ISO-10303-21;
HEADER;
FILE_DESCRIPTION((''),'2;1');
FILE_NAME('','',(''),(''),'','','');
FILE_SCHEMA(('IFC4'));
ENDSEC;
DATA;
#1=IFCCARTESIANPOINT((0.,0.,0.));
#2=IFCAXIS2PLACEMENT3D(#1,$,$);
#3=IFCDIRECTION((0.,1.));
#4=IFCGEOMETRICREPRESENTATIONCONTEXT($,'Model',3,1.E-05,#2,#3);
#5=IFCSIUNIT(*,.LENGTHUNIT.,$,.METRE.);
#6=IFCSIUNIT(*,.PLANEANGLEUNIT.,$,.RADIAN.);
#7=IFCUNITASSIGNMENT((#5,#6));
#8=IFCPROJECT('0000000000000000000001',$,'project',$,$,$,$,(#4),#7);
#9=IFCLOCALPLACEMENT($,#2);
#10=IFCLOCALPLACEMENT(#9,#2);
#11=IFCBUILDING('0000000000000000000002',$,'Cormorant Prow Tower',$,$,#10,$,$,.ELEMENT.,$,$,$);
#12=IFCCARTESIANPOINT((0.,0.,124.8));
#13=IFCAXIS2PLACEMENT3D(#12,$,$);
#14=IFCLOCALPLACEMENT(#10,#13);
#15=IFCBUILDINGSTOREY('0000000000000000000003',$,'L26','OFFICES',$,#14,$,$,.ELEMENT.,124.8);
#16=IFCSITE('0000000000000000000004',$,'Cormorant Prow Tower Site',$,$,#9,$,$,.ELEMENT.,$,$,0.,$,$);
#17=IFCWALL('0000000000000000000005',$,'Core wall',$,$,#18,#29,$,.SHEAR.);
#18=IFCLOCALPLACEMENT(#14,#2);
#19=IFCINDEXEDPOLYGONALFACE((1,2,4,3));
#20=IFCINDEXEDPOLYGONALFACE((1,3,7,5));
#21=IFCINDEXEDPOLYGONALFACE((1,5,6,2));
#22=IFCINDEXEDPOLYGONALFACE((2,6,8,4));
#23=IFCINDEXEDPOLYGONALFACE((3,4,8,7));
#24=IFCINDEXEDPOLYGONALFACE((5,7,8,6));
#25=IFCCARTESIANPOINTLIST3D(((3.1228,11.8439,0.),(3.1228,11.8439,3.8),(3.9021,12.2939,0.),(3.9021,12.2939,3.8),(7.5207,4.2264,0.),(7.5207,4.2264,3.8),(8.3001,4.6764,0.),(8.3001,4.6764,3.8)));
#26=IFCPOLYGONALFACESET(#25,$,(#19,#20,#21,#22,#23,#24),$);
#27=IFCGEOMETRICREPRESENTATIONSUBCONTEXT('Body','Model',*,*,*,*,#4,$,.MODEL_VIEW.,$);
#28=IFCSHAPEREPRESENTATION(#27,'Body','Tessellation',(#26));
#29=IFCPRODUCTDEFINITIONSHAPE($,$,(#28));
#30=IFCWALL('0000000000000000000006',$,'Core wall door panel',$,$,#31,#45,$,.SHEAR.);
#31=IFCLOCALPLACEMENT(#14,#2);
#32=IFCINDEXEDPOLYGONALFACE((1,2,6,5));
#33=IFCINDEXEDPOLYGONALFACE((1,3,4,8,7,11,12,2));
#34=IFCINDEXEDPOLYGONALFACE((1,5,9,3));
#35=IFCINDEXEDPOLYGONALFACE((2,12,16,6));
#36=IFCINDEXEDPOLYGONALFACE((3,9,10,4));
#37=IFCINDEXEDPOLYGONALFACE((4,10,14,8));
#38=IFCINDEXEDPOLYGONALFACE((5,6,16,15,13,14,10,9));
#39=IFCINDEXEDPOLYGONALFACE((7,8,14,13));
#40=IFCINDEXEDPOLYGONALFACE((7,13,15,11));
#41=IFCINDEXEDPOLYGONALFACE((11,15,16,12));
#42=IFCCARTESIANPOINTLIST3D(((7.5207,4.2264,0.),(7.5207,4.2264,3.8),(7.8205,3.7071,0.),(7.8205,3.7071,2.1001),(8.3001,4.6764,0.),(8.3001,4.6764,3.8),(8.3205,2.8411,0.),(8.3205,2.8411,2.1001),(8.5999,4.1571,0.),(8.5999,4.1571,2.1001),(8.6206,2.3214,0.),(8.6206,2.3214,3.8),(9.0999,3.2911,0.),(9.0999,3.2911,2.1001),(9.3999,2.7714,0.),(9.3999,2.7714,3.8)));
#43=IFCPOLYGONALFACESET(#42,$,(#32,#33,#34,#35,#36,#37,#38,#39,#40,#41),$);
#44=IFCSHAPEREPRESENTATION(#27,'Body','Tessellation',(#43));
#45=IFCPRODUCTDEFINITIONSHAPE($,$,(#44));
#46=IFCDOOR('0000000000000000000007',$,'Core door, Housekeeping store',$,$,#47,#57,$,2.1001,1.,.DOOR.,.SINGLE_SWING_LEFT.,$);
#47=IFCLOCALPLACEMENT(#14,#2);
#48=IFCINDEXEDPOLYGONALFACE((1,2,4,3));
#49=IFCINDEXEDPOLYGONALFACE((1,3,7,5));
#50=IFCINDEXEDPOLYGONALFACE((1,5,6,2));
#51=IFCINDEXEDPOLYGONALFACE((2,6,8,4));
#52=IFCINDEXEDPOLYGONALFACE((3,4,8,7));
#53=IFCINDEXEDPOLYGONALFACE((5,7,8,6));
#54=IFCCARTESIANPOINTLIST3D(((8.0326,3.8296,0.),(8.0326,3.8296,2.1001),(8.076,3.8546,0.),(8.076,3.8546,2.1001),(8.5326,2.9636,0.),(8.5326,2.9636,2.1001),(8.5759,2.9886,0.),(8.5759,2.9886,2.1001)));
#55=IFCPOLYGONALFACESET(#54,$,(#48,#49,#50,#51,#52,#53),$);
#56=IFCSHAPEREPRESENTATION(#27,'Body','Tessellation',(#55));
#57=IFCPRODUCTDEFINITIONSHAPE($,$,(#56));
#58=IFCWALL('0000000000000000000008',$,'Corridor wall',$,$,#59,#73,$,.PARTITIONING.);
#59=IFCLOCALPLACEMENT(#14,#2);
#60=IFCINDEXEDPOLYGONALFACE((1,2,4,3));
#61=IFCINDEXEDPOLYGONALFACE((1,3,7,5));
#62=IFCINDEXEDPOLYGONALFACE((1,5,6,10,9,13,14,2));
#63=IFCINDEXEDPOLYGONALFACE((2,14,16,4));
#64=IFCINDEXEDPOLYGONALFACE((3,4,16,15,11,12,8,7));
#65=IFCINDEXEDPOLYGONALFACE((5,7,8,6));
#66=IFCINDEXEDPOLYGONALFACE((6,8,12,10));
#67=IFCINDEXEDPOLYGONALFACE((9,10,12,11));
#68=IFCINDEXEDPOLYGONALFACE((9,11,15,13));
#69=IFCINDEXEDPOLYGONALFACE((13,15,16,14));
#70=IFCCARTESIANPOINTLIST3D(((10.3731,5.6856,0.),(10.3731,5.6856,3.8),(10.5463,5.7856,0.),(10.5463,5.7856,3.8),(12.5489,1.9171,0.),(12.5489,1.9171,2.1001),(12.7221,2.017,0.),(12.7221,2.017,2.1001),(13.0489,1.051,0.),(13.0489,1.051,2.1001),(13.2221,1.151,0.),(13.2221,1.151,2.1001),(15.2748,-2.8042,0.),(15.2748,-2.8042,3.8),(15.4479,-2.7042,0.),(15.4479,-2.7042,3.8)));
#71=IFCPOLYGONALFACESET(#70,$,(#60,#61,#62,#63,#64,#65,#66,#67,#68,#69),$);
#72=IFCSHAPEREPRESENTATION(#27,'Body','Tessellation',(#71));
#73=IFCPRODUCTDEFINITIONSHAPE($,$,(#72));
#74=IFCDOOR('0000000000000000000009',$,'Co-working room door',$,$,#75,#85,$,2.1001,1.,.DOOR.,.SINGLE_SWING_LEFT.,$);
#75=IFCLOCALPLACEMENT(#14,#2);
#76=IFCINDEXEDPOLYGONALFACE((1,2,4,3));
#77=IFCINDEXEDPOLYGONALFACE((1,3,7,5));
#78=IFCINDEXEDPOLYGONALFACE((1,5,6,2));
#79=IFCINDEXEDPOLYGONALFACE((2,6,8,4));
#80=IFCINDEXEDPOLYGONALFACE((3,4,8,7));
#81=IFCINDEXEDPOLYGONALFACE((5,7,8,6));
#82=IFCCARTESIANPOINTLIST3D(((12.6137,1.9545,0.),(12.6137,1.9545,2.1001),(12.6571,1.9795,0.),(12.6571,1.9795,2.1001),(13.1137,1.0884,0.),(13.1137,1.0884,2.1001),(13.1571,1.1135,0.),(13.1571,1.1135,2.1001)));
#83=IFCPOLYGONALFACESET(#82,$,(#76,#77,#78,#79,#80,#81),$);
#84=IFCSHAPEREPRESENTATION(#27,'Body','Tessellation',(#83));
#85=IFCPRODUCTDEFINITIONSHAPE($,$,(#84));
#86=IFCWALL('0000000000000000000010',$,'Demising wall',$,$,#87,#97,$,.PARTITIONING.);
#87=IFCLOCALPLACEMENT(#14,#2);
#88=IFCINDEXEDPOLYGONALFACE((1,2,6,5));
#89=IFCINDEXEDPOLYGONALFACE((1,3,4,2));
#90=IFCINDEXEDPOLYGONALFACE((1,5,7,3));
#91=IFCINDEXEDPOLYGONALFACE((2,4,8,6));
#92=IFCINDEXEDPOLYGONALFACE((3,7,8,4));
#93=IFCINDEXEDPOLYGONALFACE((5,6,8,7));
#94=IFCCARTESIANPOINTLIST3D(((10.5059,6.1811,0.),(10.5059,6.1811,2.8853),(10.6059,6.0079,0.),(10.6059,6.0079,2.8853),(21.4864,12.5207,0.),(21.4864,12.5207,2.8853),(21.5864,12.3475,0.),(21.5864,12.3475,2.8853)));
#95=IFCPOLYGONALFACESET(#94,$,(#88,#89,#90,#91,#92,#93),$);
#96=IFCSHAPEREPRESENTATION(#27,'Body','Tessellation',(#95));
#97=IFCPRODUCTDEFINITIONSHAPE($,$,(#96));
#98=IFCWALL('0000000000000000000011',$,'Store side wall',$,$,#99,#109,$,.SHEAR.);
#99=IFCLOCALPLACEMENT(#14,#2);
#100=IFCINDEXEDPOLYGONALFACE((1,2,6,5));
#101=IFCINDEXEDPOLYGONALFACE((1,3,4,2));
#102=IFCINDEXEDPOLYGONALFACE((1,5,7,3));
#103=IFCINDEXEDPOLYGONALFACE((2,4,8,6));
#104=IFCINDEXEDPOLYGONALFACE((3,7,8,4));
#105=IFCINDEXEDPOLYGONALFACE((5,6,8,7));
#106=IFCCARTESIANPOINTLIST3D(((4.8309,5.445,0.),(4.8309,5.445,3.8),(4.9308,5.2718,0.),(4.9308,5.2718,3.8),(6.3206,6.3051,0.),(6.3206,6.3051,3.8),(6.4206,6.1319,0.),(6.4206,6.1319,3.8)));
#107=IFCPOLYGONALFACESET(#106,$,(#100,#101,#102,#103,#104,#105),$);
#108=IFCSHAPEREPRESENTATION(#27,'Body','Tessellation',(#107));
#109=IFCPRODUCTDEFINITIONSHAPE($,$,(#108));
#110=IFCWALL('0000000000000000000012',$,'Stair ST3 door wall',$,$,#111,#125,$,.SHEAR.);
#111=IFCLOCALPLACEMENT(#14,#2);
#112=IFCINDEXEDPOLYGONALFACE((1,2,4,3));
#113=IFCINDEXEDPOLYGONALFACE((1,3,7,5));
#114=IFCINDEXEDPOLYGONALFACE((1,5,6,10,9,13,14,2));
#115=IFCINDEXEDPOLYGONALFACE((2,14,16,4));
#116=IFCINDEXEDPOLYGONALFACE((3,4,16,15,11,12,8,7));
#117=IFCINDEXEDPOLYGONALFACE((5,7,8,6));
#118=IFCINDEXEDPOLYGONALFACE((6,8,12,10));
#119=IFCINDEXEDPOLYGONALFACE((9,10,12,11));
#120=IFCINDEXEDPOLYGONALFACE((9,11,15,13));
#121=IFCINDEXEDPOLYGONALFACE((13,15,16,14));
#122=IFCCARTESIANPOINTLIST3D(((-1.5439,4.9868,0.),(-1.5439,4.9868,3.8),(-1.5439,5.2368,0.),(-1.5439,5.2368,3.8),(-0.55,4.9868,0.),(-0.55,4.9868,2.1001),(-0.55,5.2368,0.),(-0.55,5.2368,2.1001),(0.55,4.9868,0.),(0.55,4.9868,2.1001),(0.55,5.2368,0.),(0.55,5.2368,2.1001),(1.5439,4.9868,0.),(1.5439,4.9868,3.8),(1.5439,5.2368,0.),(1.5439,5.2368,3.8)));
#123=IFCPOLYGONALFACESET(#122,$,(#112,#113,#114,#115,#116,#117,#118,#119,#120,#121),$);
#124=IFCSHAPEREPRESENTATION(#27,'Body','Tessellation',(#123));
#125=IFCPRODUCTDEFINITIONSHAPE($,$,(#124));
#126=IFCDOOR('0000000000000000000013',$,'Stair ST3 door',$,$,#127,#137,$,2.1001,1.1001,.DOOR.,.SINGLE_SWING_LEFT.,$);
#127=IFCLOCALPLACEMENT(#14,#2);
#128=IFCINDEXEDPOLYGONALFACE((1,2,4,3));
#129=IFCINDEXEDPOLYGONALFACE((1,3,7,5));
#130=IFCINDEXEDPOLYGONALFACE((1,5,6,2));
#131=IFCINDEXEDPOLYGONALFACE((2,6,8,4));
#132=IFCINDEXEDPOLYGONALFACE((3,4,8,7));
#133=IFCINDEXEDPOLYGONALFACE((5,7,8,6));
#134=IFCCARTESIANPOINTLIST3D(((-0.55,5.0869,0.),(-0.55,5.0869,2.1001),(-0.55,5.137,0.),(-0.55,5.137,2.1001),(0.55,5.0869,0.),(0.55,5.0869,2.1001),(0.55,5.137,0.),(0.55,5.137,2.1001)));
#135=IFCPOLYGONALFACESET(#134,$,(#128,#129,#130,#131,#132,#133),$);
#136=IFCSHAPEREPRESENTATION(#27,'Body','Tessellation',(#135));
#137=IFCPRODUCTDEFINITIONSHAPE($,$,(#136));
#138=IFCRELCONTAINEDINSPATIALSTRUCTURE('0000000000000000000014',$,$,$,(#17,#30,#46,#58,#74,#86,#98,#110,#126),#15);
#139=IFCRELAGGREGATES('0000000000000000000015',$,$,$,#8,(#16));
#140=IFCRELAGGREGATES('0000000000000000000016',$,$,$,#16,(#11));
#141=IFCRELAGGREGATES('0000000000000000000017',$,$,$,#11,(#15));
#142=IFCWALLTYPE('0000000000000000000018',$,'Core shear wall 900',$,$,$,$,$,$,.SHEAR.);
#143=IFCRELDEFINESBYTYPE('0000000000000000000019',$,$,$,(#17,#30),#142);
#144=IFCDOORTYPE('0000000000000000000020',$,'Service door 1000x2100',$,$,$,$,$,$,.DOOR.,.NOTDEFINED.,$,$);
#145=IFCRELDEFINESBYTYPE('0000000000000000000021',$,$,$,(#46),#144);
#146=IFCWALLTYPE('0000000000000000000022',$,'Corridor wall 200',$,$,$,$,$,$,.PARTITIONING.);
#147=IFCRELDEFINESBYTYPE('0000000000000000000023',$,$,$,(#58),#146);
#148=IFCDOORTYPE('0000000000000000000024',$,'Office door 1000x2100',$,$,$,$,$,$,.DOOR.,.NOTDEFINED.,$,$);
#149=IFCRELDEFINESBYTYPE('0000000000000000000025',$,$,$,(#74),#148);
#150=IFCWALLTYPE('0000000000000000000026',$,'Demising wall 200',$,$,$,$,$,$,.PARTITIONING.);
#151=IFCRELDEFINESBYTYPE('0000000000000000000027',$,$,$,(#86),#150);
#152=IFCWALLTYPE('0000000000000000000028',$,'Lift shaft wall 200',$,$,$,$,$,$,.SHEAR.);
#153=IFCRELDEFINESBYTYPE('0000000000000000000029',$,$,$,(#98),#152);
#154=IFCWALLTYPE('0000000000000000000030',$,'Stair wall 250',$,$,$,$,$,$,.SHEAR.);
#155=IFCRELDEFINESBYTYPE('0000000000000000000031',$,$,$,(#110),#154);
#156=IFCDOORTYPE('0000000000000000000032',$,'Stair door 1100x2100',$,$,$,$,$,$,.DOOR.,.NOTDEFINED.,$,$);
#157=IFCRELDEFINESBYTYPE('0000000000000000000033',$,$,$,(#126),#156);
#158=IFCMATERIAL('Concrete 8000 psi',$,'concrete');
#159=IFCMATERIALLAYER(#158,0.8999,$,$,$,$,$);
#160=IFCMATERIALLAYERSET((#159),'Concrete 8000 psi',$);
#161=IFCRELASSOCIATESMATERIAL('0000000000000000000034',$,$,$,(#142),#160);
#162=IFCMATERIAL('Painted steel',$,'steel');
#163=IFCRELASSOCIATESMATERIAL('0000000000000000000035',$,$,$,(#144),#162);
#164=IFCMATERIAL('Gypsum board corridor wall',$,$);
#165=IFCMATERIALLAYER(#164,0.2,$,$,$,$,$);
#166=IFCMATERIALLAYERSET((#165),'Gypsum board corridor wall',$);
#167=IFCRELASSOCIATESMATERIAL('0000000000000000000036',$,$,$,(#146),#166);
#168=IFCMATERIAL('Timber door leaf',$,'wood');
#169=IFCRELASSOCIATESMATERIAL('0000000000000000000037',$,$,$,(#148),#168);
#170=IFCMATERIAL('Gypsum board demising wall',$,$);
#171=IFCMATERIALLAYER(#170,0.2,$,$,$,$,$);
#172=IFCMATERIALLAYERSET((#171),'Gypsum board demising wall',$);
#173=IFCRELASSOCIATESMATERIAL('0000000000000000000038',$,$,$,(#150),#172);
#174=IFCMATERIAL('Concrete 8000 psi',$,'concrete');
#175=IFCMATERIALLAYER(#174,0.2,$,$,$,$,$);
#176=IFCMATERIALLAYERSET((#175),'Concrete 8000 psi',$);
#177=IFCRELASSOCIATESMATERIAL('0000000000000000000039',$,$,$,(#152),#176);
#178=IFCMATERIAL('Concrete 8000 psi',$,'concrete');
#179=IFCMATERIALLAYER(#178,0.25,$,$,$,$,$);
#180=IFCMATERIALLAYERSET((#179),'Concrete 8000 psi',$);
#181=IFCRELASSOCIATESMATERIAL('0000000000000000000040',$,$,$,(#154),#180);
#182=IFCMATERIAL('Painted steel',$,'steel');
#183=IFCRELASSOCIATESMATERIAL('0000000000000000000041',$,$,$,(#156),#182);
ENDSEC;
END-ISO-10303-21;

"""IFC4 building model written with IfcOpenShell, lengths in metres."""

from ifc_helpers import new_model, si_unit, direction, frame, frame_2d, origin, place, context, subcontext, project, spatial, rectangle, extrude, material, layer, layer_set, type_object, element, fill, save


model = new_model("IFC4")

# Units and contexts
model_context = context("Model", 3, precision=1e-05, world=origin(), true_north=direction((0.0, 1.0)))
body_context = subcontext(model_context, "Body", "Model", "MODEL_VIEW")
ifc_project = project(units=[si_unit("LENGTHUNIT", "METRE"), si_unit("PLANEANGLEUNIT", "RADIAN")], contexts=[model_context])

# Site, building, storey
site_placement = place(None, origin())
site = spatial("IfcSite", under=ifc_project, at=site_placement, Name="Cormorant Prow Tower Site", CompositionType="ELEMENT", RefElevation=0.0)
building_placement = place(site_placement, origin())
building = spatial("IfcBuilding", under=site, at=building_placement, Name="Cormorant Prow Tower", CompositionType="ELEMENT")
storey_placement = place(building_placement, frame((0.0, 0.0, 124.8)))
storey = spatial("IfcBuildingStorey", under=building, at=storey_placement, Name="L26", Description="OFFICES", CompositionType="ELEMENT", Elevation=124.8)

# Wall
ifc_material_1 = material(Name="Concrete 8000 psi", Category="concrete")
ifc_layer_1 = layer(ifc_material_1, 0.8999)
ifc_layer_set_1 = layer_set([ifc_layer_1], Name="Concrete 8000 psi")
wall_type_1 = type_object("IfcWallType", Name="Core shear wall 900", PredefinedType="SHEAR", material=ifc_layer_set_1)
wall_1_placement = place(storey_placement, frame((7.9104, 4.4514, 0.0), z_axis=(0.0, 0.0, 1.0), x_axis=(-0.500002, 0.866024, 0.0)))
element("IfcWall", 1, at=wall_1_placement, inside=storey, type_object=wall_type_1, Name="Core wall", PredefinedType="SHEAR", context=body_context, shape_type="SweptSolid", body=[
    extrude(rectangle(XDim=8.7959, YDim=0.8999, at=frame_2d((4.3979, 0.0))), origin(), (0.0, 0.0, 1.0), 3.8),
])

# Walls, openings, doors
wall_2_placement = place(storey_placement, frame((9.0103, 2.5464, 0.0), z_axis=(0.0, 0.0, 1.0), x_axis=(-0.499995, 0.866028, 0.0)))
wall_2 = element("IfcWall", 2, at=wall_2_placement, inside=storey, type_object=wall_type_1, Name="Core wall door panel", PredefinedType="SHEAR", context=body_context, shape_type="SweptSolid", body=[
    extrude(rectangle(XDim=2.1997, YDim=0.8999, at=frame_2d((1.0999, 0.0))), origin(), (0.0, 0.0, 1.0), 3.8),
])
opening_1_placement = place(wall_2_placement, frame((0.6001, 0.0, 0.0)))
opening_1 = element("IfcOpeningElement", 3, at=opening_1_placement, cuts=wall_2, PredefinedType="OPENING", context=body_context, shape_type="SweptSolid", body=[
    extrude(rectangle(XDim=1.0, YDim=2.1001, at=frame_2d((0.5, 1.05))), frame((0.0, 0.46, 0.0), z_axis=(0.0, -1.0, 0.0), x_axis=(1.0, 0.0, 0.0)), (0.0, 0.0, 1.0), 0.9199),
])
ifc_material_2 = material(Name="Painted steel", Category="steel")
door_type_1 = type_object("IfcDoorType", Name="Service door 1000x2100", OperationType="NOTDEFINED", PredefinedType="DOOR", material=ifc_material_2)
door_1_placement = place(opening_1_placement, origin())
door_1 = element("IfcDoor", 4, at=door_1_placement, inside=storey, type_object=door_type_1, Name="Core door, Housekeeping store", OperationType="SINGLE_SWING_LEFT", OverallHeight=2.1001, OverallWidth=1.0, PredefinedType="DOOR", context=body_context, shape_type="SweptSolid", body=[
    extrude(rectangle(XDim=1.0, YDim=2.1001, at=frame_2d((0.5, 1.05))), frame((0.0, 0.2051, 0.0), z_axis=(0.0, -1.0, 0.0), x_axis=(1.0, 0.0, 0.0)), (0.0, 0.0, 1.0), 0.05),
])
fill(opening_1, door_1)
ifc_material_3 = material(Name="Gypsum board corridor wall")
ifc_layer_2 = layer(ifc_material_3, 0.2)
ifc_layer_set_2 = layer_set([ifc_layer_2], Name="Gypsum board corridor wall")
wall_type_2 = type_object("IfcWallType", Name="Corridor wall 200", PredefinedType="PARTITIONING", material=ifc_layer_set_2)
wall_3_placement = place(storey_placement, frame((10.4597, 5.7356, 0.0), z_axis=(0.0, 0.0, 1.0), x_axis=(0.500004, -0.866023, 0.0)))
wall_3 = element("IfcWall", 5, at=wall_3_placement, inside=storey, type_object=wall_type_2, Name="Corridor wall", PredefinedType="PARTITIONING", context=body_context, shape_type="SweptSolid", body=[
    extrude(rectangle(XDim=9.8032, YDim=0.2, at=frame_2d((4.9016, 0.0))), origin(), (0.0, 0.0, 1.0), 3.8),
])
opening_2_placement = place(wall_3_placement, frame((4.3516, 0.0, 0.0)))
opening_2 = element("IfcOpeningElement", 6, at=opening_2_placement, cuts=wall_3, PredefinedType="OPENING", context=body_context, shape_type="SweptSolid", body=[
    extrude(rectangle(XDim=1.0, YDim=2.1001, at=frame_2d((0.5, 1.05))), frame((0.0, 0.1099, 0.0), z_axis=(0.0, -1.0, 0.0), x_axis=(1.0, 0.0, 0.0)), (0.0, 0.0, 1.0), 0.22),
])
ifc_material_4 = material(Name="Timber door leaf", Category="wood")
door_type_2 = type_object("IfcDoorType", Name="Office door 1000x2100", OperationType="NOTDEFINED", PredefinedType="DOOR", material=ifc_material_4)
door_2_placement = place(opening_2_placement, origin())
door_2 = element("IfcDoor", 7, at=door_2_placement, inside=storey, type_object=door_type_2, Name="Co-working room door", OperationType="SINGLE_SWING_LEFT", OverallHeight=2.1001, OverallWidth=1.0, PredefinedType="DOOR", context=body_context, shape_type="SweptSolid", body=[
    extrude(rectangle(XDim=1.0, YDim=2.1001, at=frame_2d((0.5, 1.05))), frame((0.0, 0.0249, 0.0), z_axis=(0.0, -1.0, 0.0), x_axis=(1.0, 0.0, 0.0)), (0.0, 0.0, 1.0), 0.05),
])
fill(opening_2, door_2)

# Walls
ifc_material_5 = material(Name="Gypsum board demising wall")
ifc_layer_3 = layer(ifc_material_5, 0.2)
ifc_layer_set_3 = layer_set([ifc_layer_3], Name="Gypsum board demising wall")
wall_type_3 = type_object("IfcWallType", Name="Demising wall 200", PredefinedType="PARTITIONING", material=ifc_layer_set_3)
wall_4_placement = place(storey_placement, frame((10.5559, 6.0945, 0.0), z_axis=(0.0, 0.0, 1.0), x_axis=(0.866025, 0.500001, 0.0)))
element("IfcWall", 8, at=wall_4_placement, inside=storey, type_object=wall_type_3, Name="Demising wall", PredefinedType="PARTITIONING", context=body_context, shape_type="SweptSolid", body=[
    extrude(rectangle(XDim=12.6792, YDim=0.2, at=frame_2d((6.3396, 0.0))), origin(), (0.0, 0.0, 1.0), 2.8853),
])
ifc_material_6 = material(Name="Concrete 8000 psi", Category="concrete")
ifc_layer_4 = layer(ifc_material_6, 0.2)
ifc_layer_set_4 = layer_set([ifc_layer_4], Name="Concrete 8000 psi")
wall_type_4 = type_object("IfcWallType", Name="Lift shaft wall 200", PredefinedType="SHEAR", material=ifc_layer_set_4)
wall_5_placement = place(storey_placement, frame((4.8809, 5.3584, 0.0), z_axis=(0.0, 0.0, 1.0), x_axis=(0.866025, 0.500001, 0.0)))
element("IfcWall", 9, at=wall_5_placement, inside=storey, type_object=wall_type_4, Name="Store side wall", PredefinedType="SHEAR", context=body_context, shape_type="SweptSolid", body=[
    extrude(rectangle(XDim=1.7202, YDim=0.2, at=frame_2d((0.8601, 0.0))), origin(), (0.0, 0.0, 1.0), 3.8),
])

# Wall, opening, door
ifc_material_7 = material(Name="Concrete 8000 psi", Category="concrete")
ifc_layer_5 = layer(ifc_material_7, 0.25)
ifc_layer_set_5 = layer_set([ifc_layer_5], Name="Concrete 8000 psi")
wall_type_5 = type_object("IfcWallType", Name="Stair wall 250", PredefinedType="SHEAR", material=ifc_layer_set_5)
wall_6_placement = place(storey_placement, frame((1.5439, 5.1118, 0.0), z_axis=(0.0, 0.0, 1.0), x_axis=(-1.0, 0.0, 0.0)))
wall_6 = element("IfcWall", 10, at=wall_6_placement, inside=storey, type_object=wall_type_5, Name="Stair ST3 door wall", PredefinedType="SHEAR", context=body_context, shape_type="SweptSolid", body=[
    extrude(rectangle(XDim=3.0879, YDim=0.25, at=frame_2d((1.5439, 0.0))), origin(), (0.0, 0.0, 1.0), 3.8),
])
opening_3_placement = place(wall_6_placement, frame((0.9939, 0.0, 0.0)))
opening_3 = element("IfcOpeningElement", 11, at=opening_3_placement, cuts=wall_6, PredefinedType="OPENING", context=body_context, shape_type="SweptSolid", body=[
    extrude(rectangle(XDim=1.1001, YDim=2.1001, at=frame_2d((0.55, 1.05))), frame((0.0, 0.135, 0.0), z_axis=(0.0, -1.0, 0.0), x_axis=(1.0, 0.0, 0.0)), (0.0, 0.0, 1.0), 0.27),
])
ifc_material_8 = material(Name="Painted steel", Category="steel")
door_type_3 = type_object("IfcDoorType", Name="Stair door 1100x2100", OperationType="NOTDEFINED", PredefinedType="DOOR", material=ifc_material_8)
door_3_placement = place(opening_3_placement, origin())
door_3 = element("IfcDoor", 12, at=door_3_placement, inside=storey, type_object=door_type_3, Name="Stair ST3 door", OperationType="SINGLE_SWING_LEFT", OverallHeight=2.1001, OverallWidth=1.1001, PredefinedType="DOOR", context=body_context, shape_type="SweptSolid", body=[
    extrude(rectangle(XDim=1.1001, YDim=2.1001, at=frame_2d((0.55, 1.05))), frame((0.0, 0.0249, 0.0), z_axis=(0.0, -1.0, 0.0), x_axis=(1.0, 0.0, 0.0)), (0.0, 0.0, 1.0), 0.05),
])
fill(opening_3, door_3)

save(model, "model.ifc")
